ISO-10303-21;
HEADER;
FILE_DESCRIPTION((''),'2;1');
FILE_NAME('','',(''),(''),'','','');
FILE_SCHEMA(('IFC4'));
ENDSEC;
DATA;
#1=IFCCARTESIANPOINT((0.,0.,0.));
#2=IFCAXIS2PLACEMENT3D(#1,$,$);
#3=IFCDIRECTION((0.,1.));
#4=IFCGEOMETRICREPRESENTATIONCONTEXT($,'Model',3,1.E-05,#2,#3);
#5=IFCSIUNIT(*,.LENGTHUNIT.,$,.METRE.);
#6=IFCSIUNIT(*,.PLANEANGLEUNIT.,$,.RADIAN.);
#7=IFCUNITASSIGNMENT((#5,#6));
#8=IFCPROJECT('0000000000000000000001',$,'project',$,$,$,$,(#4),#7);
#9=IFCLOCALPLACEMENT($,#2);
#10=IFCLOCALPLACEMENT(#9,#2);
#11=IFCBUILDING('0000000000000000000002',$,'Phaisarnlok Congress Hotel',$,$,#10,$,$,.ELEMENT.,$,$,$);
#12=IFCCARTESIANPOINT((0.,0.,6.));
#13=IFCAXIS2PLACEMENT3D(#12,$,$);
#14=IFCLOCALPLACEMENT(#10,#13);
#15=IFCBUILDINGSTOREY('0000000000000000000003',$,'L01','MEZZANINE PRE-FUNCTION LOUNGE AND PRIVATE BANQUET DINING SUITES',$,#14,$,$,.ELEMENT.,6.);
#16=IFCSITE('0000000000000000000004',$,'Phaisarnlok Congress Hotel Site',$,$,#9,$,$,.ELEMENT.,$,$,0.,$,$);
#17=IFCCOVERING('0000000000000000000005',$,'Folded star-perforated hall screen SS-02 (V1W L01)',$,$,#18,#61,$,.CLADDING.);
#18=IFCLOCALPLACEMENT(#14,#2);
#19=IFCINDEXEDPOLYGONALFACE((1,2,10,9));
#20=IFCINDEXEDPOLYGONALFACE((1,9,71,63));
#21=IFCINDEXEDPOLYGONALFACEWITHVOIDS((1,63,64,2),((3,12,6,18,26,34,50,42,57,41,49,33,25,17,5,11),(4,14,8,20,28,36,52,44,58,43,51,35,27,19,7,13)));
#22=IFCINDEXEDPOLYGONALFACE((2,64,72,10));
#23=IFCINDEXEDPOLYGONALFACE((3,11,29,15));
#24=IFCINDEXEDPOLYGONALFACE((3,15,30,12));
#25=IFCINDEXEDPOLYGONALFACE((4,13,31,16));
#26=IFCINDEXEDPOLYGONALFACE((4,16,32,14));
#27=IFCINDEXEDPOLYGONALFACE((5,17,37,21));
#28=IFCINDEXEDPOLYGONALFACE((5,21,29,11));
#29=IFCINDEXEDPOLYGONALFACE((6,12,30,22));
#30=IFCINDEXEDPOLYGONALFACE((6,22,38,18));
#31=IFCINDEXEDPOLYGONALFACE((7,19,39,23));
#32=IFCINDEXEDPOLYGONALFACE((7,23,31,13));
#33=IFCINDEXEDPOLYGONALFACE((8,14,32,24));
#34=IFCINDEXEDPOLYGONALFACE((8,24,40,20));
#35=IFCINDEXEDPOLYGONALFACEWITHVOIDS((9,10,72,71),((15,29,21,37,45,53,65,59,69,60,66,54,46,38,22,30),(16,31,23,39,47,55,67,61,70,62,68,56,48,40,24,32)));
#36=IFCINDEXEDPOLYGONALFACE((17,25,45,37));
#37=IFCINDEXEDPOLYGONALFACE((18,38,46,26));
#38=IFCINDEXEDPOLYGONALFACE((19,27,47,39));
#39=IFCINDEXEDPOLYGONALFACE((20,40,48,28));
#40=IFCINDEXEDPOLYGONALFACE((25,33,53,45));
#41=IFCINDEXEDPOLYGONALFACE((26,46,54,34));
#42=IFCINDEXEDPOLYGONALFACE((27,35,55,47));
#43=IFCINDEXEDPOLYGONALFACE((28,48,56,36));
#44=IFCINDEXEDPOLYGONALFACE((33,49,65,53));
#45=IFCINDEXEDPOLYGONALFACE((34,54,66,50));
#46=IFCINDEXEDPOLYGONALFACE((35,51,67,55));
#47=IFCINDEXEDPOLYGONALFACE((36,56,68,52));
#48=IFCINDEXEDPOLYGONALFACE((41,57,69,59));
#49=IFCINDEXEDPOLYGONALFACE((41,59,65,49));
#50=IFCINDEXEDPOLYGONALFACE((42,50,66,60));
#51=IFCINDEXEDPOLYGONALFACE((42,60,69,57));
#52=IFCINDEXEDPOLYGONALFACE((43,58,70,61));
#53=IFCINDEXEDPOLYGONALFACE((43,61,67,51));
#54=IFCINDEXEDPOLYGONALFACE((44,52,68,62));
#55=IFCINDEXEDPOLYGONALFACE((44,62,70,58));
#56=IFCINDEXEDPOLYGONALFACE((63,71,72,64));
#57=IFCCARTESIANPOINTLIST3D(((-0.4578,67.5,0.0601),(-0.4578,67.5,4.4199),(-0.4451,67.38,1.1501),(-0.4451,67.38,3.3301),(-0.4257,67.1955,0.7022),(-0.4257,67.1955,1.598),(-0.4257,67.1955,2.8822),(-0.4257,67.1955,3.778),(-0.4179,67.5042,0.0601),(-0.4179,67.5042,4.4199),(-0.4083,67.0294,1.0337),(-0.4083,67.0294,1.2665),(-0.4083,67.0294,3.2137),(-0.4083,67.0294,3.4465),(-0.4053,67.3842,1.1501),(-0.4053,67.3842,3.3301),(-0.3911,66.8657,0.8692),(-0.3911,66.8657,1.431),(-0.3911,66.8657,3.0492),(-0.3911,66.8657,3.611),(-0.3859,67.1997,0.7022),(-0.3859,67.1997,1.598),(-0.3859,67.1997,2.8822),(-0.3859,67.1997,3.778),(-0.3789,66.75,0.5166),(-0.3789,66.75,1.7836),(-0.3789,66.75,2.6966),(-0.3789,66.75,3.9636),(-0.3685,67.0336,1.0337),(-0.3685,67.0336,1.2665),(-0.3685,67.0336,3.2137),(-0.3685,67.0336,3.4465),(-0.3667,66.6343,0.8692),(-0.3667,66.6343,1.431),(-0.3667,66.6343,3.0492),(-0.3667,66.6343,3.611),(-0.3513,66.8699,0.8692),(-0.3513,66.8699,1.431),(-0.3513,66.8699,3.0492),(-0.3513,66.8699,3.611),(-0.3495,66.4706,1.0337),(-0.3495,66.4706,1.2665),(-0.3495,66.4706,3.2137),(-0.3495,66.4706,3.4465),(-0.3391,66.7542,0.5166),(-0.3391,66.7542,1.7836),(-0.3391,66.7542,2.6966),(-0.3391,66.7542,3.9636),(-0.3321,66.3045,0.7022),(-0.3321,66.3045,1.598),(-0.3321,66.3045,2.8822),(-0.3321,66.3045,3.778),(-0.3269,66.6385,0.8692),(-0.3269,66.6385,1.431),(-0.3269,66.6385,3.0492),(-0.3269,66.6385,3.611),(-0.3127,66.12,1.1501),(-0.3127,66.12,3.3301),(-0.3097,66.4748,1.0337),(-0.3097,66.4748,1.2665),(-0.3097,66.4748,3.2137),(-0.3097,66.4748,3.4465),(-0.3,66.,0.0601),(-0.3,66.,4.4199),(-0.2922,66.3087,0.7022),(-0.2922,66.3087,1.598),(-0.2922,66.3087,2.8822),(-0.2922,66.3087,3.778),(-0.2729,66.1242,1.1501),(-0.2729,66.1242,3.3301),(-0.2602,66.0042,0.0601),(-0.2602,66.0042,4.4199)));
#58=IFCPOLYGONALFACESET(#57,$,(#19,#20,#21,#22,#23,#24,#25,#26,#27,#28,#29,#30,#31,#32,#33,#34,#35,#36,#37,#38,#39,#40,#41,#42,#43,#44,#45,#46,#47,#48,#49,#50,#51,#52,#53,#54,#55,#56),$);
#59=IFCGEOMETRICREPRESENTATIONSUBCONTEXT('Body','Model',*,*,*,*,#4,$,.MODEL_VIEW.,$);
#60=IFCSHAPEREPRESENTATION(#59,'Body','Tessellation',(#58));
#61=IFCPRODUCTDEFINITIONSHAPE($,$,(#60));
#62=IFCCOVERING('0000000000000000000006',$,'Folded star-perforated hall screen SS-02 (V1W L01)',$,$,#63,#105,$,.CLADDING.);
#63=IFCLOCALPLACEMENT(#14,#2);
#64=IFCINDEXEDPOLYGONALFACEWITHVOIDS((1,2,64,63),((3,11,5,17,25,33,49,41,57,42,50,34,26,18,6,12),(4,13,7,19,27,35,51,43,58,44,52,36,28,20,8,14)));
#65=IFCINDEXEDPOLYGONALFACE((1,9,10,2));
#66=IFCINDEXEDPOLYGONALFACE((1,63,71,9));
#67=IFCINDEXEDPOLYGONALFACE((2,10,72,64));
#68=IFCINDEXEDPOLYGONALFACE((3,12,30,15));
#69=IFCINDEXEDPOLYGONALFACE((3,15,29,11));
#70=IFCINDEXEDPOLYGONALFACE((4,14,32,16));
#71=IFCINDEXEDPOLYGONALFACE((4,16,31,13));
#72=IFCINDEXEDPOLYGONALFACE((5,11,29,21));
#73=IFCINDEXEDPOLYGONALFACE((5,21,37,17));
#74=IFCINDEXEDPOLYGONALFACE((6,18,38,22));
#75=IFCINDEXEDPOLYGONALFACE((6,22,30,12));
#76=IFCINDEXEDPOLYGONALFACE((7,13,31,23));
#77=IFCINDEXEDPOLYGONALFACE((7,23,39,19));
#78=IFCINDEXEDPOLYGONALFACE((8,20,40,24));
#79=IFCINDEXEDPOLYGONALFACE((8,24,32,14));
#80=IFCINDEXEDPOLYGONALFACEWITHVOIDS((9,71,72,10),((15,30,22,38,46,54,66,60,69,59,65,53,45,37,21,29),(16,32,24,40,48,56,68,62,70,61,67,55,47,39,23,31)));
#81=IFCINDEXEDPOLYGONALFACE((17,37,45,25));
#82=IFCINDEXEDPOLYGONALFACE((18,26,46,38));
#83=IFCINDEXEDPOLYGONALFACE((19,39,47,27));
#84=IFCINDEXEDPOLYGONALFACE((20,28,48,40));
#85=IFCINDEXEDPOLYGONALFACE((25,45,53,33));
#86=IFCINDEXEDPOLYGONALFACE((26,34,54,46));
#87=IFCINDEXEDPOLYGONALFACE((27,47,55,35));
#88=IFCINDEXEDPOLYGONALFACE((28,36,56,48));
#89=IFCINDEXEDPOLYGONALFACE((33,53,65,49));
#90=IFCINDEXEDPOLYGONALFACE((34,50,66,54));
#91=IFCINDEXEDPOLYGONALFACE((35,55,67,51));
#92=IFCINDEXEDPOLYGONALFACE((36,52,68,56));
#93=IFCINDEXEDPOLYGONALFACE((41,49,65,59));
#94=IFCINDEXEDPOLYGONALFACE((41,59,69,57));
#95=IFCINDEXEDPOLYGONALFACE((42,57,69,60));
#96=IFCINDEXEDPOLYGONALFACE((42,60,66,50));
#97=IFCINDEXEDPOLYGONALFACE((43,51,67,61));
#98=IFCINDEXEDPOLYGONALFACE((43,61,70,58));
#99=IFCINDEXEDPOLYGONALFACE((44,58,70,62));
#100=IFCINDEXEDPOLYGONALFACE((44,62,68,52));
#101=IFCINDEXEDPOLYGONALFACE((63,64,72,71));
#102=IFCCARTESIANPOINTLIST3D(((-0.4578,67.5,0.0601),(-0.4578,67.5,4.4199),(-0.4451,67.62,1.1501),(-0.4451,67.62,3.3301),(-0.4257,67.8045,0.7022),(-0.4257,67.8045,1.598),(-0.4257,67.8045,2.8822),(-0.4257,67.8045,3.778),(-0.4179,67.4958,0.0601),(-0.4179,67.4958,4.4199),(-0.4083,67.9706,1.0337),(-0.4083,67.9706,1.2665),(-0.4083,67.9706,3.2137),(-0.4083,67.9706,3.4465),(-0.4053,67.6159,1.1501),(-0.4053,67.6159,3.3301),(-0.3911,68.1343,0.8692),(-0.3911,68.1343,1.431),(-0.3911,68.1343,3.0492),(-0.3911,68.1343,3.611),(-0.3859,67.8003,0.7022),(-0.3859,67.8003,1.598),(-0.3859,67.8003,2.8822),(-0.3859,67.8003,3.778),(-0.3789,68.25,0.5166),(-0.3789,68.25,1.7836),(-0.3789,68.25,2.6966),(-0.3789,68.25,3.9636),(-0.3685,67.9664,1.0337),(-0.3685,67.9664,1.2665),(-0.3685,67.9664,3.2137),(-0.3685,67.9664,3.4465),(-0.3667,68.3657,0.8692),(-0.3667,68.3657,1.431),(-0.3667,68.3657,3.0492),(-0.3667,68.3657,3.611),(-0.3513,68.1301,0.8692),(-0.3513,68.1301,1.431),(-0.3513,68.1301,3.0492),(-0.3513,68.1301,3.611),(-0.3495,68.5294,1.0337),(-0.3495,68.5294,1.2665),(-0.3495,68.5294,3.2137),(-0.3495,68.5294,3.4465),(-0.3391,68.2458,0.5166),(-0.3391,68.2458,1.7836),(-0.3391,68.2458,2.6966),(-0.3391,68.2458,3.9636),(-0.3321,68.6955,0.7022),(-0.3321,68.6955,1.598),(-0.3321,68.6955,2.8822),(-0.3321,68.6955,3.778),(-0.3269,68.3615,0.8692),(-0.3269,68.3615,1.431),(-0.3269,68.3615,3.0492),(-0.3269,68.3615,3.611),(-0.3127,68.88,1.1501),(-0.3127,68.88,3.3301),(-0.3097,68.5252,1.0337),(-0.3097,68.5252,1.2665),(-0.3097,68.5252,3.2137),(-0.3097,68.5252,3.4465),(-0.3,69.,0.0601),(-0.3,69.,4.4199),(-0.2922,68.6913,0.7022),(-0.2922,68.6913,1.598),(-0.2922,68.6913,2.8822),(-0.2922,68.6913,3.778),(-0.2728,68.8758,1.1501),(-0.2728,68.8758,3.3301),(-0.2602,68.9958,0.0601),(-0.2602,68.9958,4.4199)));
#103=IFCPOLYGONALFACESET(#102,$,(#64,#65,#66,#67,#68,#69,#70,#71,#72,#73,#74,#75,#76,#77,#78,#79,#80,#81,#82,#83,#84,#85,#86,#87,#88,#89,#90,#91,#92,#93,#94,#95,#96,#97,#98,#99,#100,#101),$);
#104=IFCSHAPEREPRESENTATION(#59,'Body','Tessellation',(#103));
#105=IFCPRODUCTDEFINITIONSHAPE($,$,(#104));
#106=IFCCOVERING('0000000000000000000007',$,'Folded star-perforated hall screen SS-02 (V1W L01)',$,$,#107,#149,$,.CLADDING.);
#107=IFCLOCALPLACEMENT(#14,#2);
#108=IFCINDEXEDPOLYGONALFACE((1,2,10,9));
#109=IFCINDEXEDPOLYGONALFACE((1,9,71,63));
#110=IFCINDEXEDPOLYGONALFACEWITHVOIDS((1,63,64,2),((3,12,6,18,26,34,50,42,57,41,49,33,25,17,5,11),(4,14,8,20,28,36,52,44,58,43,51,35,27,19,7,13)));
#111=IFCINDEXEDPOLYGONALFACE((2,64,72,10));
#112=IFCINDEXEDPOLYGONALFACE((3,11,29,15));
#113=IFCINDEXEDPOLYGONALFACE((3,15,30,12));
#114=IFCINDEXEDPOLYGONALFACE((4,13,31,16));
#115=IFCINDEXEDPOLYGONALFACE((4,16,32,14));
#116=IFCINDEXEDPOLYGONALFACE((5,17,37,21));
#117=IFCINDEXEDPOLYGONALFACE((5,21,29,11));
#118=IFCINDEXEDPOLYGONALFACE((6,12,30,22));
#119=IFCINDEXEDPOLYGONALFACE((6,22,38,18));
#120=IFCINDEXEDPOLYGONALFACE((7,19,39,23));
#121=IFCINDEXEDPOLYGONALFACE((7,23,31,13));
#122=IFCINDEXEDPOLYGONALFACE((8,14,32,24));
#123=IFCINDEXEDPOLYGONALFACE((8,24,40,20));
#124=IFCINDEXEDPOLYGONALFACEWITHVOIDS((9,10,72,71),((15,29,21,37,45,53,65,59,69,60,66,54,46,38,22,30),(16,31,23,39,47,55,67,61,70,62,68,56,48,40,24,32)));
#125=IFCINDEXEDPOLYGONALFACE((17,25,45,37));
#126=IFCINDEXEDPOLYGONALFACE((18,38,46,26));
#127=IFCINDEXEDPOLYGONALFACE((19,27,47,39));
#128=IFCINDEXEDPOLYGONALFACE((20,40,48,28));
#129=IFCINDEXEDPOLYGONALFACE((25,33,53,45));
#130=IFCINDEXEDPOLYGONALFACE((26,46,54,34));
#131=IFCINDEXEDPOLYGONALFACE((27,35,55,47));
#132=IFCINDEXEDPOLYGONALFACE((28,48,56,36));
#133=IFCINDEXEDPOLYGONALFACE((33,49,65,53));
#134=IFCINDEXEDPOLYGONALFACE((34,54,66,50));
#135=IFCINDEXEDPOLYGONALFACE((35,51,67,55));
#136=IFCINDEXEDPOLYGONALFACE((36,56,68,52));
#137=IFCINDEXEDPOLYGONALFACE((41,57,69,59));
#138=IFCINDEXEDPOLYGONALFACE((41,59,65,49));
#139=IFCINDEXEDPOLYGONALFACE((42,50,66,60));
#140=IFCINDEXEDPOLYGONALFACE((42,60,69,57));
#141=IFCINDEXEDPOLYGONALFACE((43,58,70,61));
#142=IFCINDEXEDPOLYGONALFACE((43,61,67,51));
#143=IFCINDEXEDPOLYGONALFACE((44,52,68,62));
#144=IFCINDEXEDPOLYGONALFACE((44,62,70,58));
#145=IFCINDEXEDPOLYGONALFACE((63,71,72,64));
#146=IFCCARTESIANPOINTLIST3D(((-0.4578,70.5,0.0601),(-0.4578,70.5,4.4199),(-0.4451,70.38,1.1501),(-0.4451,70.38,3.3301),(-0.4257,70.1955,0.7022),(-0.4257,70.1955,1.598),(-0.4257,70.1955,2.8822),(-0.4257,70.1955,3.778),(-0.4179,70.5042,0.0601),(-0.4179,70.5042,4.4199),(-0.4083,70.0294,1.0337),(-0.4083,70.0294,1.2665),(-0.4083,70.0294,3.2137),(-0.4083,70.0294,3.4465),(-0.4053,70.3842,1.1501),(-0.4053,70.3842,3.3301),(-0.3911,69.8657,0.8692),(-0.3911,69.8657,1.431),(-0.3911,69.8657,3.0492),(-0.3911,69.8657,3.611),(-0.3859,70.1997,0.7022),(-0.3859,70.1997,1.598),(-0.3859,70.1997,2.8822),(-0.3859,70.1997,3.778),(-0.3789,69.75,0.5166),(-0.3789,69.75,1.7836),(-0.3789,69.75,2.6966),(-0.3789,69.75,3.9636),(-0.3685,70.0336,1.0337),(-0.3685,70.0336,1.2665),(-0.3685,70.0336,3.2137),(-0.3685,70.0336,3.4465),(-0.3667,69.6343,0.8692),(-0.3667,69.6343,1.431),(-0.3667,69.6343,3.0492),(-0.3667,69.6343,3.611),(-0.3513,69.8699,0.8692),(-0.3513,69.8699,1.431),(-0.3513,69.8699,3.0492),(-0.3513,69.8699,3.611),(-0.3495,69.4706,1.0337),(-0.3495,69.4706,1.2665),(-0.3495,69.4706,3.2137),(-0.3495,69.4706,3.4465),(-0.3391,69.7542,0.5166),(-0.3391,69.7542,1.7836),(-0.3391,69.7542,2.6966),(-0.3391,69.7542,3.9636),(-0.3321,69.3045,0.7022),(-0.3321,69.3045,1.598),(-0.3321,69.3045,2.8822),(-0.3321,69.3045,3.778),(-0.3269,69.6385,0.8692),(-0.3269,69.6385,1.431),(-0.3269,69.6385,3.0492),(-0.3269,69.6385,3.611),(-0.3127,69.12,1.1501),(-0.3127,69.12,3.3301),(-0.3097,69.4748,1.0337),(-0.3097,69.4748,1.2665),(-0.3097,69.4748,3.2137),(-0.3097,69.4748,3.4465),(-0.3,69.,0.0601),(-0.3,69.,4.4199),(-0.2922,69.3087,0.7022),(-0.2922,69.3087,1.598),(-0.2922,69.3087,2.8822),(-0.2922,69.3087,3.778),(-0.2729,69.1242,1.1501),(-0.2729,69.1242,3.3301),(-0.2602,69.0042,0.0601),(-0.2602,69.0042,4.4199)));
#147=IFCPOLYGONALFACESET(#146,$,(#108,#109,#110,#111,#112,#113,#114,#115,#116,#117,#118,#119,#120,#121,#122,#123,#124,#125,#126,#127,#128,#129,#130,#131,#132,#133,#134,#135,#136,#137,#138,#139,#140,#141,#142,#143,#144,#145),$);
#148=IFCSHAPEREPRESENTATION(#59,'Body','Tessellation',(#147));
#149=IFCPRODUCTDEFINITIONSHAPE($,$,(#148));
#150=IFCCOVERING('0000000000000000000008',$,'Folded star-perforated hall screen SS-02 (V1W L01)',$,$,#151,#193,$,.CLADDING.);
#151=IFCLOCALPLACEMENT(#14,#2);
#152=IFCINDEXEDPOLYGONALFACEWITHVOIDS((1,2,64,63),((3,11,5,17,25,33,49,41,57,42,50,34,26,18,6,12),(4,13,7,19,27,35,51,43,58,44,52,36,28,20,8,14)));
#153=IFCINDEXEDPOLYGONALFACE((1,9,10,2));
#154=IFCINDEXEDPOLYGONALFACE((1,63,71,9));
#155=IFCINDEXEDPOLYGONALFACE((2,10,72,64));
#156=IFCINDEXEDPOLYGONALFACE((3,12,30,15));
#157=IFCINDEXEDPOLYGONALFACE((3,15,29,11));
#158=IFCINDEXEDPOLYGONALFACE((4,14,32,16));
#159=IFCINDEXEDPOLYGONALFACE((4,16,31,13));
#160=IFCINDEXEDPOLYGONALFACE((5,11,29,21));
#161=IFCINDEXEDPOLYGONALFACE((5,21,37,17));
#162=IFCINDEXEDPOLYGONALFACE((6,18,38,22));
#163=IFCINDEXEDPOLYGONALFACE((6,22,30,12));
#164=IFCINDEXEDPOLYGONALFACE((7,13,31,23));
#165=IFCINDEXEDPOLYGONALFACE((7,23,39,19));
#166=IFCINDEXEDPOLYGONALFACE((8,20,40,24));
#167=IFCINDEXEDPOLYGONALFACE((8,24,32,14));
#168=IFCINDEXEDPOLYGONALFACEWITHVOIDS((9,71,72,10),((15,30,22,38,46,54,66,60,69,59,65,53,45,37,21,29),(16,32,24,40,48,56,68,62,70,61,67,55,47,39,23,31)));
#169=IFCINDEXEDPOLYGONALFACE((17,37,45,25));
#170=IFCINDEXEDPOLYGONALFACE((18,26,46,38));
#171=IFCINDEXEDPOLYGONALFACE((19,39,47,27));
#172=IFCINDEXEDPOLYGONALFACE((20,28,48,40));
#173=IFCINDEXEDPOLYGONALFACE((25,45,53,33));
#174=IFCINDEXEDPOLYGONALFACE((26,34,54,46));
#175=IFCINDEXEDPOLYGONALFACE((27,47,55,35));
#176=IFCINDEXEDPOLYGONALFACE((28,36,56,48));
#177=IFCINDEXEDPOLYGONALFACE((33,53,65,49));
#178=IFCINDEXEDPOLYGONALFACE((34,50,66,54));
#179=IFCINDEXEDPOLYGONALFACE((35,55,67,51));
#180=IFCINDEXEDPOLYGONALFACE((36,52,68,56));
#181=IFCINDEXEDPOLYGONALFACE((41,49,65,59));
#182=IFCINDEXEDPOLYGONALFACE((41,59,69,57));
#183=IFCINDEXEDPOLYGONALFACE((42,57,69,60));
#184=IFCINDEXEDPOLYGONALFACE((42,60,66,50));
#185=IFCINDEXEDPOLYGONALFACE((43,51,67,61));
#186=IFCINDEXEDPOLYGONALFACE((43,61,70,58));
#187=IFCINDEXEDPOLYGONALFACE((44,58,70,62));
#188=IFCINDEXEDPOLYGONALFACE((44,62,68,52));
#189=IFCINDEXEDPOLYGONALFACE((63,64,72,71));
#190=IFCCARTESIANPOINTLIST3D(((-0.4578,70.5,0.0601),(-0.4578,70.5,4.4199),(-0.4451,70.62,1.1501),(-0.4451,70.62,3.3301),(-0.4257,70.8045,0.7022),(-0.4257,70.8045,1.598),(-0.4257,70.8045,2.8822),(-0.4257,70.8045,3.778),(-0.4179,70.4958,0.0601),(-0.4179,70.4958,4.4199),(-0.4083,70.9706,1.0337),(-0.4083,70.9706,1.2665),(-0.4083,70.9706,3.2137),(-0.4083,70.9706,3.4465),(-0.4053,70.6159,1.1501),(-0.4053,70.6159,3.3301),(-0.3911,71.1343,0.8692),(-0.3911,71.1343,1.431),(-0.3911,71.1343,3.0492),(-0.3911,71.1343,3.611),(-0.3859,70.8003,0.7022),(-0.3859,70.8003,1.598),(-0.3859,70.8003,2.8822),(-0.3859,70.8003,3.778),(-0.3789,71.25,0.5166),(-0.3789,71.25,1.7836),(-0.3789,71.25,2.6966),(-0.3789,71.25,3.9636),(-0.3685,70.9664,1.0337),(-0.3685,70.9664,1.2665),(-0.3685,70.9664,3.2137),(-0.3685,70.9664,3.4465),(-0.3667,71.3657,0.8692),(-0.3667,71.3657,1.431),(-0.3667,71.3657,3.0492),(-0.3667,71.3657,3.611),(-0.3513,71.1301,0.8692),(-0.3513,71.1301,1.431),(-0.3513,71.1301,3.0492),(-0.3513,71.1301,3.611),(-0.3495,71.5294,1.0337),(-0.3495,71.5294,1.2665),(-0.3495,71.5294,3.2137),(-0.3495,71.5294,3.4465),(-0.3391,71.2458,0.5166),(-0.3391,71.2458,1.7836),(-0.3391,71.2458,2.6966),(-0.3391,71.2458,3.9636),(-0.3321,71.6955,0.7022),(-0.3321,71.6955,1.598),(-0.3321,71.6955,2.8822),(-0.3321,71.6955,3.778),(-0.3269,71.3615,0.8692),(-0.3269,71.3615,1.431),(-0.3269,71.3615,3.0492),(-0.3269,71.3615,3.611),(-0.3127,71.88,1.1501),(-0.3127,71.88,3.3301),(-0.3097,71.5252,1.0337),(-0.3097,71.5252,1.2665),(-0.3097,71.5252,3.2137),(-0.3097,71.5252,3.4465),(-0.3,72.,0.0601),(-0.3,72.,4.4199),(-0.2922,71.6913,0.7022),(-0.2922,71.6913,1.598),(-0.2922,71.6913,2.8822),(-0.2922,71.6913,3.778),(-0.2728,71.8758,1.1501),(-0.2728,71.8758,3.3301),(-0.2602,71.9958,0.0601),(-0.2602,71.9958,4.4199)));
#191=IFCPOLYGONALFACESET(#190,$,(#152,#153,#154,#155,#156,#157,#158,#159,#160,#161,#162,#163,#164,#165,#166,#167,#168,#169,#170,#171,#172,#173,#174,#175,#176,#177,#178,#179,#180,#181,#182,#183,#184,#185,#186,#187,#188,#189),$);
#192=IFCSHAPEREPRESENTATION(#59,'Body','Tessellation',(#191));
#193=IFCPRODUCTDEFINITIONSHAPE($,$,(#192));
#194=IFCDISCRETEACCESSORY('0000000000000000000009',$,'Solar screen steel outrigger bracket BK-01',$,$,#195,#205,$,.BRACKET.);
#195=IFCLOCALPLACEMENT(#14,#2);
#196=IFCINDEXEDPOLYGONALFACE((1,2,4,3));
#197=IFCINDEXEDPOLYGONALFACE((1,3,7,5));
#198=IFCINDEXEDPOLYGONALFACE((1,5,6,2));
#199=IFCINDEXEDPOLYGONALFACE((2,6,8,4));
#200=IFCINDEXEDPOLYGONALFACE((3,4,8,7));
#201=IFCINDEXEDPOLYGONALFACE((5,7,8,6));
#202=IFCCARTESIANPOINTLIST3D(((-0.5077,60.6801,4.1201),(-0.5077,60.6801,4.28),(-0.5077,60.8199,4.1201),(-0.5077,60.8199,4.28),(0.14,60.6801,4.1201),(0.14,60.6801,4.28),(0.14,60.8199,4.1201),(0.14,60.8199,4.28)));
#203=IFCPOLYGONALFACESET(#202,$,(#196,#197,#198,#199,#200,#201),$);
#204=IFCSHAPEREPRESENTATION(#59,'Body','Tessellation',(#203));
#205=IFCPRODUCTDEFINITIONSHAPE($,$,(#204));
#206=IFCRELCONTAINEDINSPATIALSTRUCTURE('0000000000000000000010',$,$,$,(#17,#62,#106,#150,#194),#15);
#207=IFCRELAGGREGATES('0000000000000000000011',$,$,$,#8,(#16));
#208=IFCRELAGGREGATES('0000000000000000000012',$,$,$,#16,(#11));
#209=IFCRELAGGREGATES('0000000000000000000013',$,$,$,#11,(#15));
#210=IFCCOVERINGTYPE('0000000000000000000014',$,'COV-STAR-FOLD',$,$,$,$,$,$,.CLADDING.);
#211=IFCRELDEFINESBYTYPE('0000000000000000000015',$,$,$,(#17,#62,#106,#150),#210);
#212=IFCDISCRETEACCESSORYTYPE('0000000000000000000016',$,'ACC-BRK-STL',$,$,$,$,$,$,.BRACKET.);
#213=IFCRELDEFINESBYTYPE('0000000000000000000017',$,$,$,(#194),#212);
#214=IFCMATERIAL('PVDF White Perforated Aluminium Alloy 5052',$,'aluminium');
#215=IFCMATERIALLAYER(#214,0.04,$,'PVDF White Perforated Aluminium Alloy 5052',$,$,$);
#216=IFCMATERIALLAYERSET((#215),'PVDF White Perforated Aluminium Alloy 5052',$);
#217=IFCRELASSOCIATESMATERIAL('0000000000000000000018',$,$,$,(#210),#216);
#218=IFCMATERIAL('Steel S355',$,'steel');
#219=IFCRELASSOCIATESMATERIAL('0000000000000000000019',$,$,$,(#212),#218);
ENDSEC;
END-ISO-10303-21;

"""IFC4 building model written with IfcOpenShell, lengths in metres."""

from ifc_helpers import new_model, si_unit, direction, frame, origin, origin_2d, place, context, subcontext, project, spatial, polyline, rectangle, outline, extrude, material, layer, layer_set, type_object, element, save


model = new_model("IFC4")

# Units and contexts
model_context = context("Model", 3, precision=1e-05, world=origin(), true_north=direction((0.0, 1.0)))
body_context = subcontext(model_context, "Body", "Model", "MODEL_VIEW")
ifc_project = project(units=[si_unit("LENGTHUNIT", "METRE"), si_unit("PLANEANGLEUNIT", "RADIAN")], contexts=[model_context])

# Site, building, storey
site_placement = place(None, origin())
site = spatial("IfcSite", under=ifc_project, at=site_placement, Name="Phaisarnlok Congress Hotel Site", CompositionType="ELEMENT", RefElevation=0.0)
building_placement = place(site_placement, origin())
building = spatial("IfcBuilding", under=site, at=building_placement, Name="Phaisarnlok Congress Hotel", CompositionType="ELEMENT")
storey_placement = place(building_placement, frame((0.0, 0.0, 6.0)))
storey = spatial("IfcBuildingStorey", under=building, at=storey_placement, Name="L01", Description="MEZZANINE PRE-FUNCTION LOUNGE AND PRIVATE BANQUET DINING SUITES", CompositionType="ELEMENT", Elevation=6.0)

# Shared definitions
ifc_material_1 = material(Name="Steel S355", Category="steel")

# Coverings
ifc_material_2 = material(Name="PVDF White Perforated Aluminium Alloy 5052", Category="aluminium")
ifc_layer_1 = layer(ifc_material_2, 0.04, Name="PVDF White Perforated Aluminium Alloy 5052")
ifc_layer_set_1 = layer_set([ifc_layer_1], Name="PVDF White Perforated Aluminium Alloy 5052")
covering_type = type_object("IfcCoveringType", Name="COV-STAR-FOLD", PredefinedType="CLADDING", material=ifc_layer_set_1)
for number, where, z_axis, x_axis, name in (
    (1, (-0.3, 66.0, 0.0601), (0.994518, 0.104567, 0.0), (-0.104567, 0.994518, 0.0), "Folded star-perforated hall screen SS-02 (V1W L01)"),
    (2, (-0.4578, 67.5, 0.0601), (0.994518, -0.104567, 0.0), (0.104567, 0.994518, 0.0), "Folded star-perforated hall screen SS-02 (V1W L01)"),
    (3, (-0.3, 69.0, 0.0601), (0.994518, 0.104567, 0.0), (-0.104567, 0.994518, 0.0), "Folded star-perforated hall screen SS-02 (V1W L01)"),
    (4, (-0.4578, 70.5, 0.0601), (0.994518, -0.104567, 0.0), (0.104567, 0.994518, 0.0), "Folded star-perforated hall screen SS-02 (V1W L01)"),
):
    element("IfcCovering", number, at=place(storey_placement, frame(where, z_axis=z_axis, x_axis=x_axis)), inside=storey, type_object=covering_type, Name=name, PredefinedType="CLADDING", context=body_context, shape_type="SweptSolid", body=[
        extrude(outline(polyline([(0.0, 0.0), (1.5083, 0.0), (1.5083, 4.3599), (0.0, 4.3599), (0.0, 0.0)]), holes=[polyline([(1.0351, 0.9736), (1.2021, 0.6421), (0.8705, 0.8091), (0.7541, 0.4565), (0.6378, 0.8091), (0.3062, 0.6421), (0.4732, 0.9736), (0.1207, 1.09), (0.4732, 1.2064), (0.3062, 1.5379), (0.6378, 1.3709), (0.7541, 1.7235), (0.8705, 1.3709), (1.2021, 1.5379), (1.0351, 1.2064), (1.3876, 1.09), (1.0351, 0.9736)]), polyline([(1.0351, 3.1536), (1.2021, 2.8221), (0.8705, 2.9891), (0.7541, 2.6365), (0.6378, 2.9891), (0.3062, 2.8221), (0.4732, 3.1536), (0.1207, 3.27), (0.4732, 3.3864), (0.3062, 3.7179), (0.6378, 3.5509), (0.7541, 3.9035), (0.8705, 3.5509), (1.2021, 3.7179), (1.0351, 3.3864), (1.3876, 3.27), (1.0351, 3.1536)])]), origin(), (0.0, 0.0, 1.0), 0.04),
    ])

# Discrete accessory
discrete_accessory_type = type_object("IfcDiscreteAccessoryType", Name="ACC-BRK-STL", PredefinedType="BRACKET", material=ifc_material_1)
for number, where, z_axis, x_axis, name in (
    (5, (-0.1838, 60.75, 4.1201), (0.0, 0.0, 1.0), (1.0, 0.0, 0.0), "Solar screen steel outrigger bracket BK-01"),
):
    element("IfcDiscreteAccessory", number, at=place(storey_placement, frame(where, z_axis=z_axis, x_axis=x_axis)), inside=storey, type_object=discrete_accessory_type, Name=name, PredefinedType="BRACKET", context=body_context, shape_type="SweptSolid", body=[
        extrude(rectangle(XDim=0.6477, YDim=0.1399, at=origin_2d()), origin(), (0.0, 0.0, 1.0), 0.1599),
    ])

save(model, "model.ifc")
